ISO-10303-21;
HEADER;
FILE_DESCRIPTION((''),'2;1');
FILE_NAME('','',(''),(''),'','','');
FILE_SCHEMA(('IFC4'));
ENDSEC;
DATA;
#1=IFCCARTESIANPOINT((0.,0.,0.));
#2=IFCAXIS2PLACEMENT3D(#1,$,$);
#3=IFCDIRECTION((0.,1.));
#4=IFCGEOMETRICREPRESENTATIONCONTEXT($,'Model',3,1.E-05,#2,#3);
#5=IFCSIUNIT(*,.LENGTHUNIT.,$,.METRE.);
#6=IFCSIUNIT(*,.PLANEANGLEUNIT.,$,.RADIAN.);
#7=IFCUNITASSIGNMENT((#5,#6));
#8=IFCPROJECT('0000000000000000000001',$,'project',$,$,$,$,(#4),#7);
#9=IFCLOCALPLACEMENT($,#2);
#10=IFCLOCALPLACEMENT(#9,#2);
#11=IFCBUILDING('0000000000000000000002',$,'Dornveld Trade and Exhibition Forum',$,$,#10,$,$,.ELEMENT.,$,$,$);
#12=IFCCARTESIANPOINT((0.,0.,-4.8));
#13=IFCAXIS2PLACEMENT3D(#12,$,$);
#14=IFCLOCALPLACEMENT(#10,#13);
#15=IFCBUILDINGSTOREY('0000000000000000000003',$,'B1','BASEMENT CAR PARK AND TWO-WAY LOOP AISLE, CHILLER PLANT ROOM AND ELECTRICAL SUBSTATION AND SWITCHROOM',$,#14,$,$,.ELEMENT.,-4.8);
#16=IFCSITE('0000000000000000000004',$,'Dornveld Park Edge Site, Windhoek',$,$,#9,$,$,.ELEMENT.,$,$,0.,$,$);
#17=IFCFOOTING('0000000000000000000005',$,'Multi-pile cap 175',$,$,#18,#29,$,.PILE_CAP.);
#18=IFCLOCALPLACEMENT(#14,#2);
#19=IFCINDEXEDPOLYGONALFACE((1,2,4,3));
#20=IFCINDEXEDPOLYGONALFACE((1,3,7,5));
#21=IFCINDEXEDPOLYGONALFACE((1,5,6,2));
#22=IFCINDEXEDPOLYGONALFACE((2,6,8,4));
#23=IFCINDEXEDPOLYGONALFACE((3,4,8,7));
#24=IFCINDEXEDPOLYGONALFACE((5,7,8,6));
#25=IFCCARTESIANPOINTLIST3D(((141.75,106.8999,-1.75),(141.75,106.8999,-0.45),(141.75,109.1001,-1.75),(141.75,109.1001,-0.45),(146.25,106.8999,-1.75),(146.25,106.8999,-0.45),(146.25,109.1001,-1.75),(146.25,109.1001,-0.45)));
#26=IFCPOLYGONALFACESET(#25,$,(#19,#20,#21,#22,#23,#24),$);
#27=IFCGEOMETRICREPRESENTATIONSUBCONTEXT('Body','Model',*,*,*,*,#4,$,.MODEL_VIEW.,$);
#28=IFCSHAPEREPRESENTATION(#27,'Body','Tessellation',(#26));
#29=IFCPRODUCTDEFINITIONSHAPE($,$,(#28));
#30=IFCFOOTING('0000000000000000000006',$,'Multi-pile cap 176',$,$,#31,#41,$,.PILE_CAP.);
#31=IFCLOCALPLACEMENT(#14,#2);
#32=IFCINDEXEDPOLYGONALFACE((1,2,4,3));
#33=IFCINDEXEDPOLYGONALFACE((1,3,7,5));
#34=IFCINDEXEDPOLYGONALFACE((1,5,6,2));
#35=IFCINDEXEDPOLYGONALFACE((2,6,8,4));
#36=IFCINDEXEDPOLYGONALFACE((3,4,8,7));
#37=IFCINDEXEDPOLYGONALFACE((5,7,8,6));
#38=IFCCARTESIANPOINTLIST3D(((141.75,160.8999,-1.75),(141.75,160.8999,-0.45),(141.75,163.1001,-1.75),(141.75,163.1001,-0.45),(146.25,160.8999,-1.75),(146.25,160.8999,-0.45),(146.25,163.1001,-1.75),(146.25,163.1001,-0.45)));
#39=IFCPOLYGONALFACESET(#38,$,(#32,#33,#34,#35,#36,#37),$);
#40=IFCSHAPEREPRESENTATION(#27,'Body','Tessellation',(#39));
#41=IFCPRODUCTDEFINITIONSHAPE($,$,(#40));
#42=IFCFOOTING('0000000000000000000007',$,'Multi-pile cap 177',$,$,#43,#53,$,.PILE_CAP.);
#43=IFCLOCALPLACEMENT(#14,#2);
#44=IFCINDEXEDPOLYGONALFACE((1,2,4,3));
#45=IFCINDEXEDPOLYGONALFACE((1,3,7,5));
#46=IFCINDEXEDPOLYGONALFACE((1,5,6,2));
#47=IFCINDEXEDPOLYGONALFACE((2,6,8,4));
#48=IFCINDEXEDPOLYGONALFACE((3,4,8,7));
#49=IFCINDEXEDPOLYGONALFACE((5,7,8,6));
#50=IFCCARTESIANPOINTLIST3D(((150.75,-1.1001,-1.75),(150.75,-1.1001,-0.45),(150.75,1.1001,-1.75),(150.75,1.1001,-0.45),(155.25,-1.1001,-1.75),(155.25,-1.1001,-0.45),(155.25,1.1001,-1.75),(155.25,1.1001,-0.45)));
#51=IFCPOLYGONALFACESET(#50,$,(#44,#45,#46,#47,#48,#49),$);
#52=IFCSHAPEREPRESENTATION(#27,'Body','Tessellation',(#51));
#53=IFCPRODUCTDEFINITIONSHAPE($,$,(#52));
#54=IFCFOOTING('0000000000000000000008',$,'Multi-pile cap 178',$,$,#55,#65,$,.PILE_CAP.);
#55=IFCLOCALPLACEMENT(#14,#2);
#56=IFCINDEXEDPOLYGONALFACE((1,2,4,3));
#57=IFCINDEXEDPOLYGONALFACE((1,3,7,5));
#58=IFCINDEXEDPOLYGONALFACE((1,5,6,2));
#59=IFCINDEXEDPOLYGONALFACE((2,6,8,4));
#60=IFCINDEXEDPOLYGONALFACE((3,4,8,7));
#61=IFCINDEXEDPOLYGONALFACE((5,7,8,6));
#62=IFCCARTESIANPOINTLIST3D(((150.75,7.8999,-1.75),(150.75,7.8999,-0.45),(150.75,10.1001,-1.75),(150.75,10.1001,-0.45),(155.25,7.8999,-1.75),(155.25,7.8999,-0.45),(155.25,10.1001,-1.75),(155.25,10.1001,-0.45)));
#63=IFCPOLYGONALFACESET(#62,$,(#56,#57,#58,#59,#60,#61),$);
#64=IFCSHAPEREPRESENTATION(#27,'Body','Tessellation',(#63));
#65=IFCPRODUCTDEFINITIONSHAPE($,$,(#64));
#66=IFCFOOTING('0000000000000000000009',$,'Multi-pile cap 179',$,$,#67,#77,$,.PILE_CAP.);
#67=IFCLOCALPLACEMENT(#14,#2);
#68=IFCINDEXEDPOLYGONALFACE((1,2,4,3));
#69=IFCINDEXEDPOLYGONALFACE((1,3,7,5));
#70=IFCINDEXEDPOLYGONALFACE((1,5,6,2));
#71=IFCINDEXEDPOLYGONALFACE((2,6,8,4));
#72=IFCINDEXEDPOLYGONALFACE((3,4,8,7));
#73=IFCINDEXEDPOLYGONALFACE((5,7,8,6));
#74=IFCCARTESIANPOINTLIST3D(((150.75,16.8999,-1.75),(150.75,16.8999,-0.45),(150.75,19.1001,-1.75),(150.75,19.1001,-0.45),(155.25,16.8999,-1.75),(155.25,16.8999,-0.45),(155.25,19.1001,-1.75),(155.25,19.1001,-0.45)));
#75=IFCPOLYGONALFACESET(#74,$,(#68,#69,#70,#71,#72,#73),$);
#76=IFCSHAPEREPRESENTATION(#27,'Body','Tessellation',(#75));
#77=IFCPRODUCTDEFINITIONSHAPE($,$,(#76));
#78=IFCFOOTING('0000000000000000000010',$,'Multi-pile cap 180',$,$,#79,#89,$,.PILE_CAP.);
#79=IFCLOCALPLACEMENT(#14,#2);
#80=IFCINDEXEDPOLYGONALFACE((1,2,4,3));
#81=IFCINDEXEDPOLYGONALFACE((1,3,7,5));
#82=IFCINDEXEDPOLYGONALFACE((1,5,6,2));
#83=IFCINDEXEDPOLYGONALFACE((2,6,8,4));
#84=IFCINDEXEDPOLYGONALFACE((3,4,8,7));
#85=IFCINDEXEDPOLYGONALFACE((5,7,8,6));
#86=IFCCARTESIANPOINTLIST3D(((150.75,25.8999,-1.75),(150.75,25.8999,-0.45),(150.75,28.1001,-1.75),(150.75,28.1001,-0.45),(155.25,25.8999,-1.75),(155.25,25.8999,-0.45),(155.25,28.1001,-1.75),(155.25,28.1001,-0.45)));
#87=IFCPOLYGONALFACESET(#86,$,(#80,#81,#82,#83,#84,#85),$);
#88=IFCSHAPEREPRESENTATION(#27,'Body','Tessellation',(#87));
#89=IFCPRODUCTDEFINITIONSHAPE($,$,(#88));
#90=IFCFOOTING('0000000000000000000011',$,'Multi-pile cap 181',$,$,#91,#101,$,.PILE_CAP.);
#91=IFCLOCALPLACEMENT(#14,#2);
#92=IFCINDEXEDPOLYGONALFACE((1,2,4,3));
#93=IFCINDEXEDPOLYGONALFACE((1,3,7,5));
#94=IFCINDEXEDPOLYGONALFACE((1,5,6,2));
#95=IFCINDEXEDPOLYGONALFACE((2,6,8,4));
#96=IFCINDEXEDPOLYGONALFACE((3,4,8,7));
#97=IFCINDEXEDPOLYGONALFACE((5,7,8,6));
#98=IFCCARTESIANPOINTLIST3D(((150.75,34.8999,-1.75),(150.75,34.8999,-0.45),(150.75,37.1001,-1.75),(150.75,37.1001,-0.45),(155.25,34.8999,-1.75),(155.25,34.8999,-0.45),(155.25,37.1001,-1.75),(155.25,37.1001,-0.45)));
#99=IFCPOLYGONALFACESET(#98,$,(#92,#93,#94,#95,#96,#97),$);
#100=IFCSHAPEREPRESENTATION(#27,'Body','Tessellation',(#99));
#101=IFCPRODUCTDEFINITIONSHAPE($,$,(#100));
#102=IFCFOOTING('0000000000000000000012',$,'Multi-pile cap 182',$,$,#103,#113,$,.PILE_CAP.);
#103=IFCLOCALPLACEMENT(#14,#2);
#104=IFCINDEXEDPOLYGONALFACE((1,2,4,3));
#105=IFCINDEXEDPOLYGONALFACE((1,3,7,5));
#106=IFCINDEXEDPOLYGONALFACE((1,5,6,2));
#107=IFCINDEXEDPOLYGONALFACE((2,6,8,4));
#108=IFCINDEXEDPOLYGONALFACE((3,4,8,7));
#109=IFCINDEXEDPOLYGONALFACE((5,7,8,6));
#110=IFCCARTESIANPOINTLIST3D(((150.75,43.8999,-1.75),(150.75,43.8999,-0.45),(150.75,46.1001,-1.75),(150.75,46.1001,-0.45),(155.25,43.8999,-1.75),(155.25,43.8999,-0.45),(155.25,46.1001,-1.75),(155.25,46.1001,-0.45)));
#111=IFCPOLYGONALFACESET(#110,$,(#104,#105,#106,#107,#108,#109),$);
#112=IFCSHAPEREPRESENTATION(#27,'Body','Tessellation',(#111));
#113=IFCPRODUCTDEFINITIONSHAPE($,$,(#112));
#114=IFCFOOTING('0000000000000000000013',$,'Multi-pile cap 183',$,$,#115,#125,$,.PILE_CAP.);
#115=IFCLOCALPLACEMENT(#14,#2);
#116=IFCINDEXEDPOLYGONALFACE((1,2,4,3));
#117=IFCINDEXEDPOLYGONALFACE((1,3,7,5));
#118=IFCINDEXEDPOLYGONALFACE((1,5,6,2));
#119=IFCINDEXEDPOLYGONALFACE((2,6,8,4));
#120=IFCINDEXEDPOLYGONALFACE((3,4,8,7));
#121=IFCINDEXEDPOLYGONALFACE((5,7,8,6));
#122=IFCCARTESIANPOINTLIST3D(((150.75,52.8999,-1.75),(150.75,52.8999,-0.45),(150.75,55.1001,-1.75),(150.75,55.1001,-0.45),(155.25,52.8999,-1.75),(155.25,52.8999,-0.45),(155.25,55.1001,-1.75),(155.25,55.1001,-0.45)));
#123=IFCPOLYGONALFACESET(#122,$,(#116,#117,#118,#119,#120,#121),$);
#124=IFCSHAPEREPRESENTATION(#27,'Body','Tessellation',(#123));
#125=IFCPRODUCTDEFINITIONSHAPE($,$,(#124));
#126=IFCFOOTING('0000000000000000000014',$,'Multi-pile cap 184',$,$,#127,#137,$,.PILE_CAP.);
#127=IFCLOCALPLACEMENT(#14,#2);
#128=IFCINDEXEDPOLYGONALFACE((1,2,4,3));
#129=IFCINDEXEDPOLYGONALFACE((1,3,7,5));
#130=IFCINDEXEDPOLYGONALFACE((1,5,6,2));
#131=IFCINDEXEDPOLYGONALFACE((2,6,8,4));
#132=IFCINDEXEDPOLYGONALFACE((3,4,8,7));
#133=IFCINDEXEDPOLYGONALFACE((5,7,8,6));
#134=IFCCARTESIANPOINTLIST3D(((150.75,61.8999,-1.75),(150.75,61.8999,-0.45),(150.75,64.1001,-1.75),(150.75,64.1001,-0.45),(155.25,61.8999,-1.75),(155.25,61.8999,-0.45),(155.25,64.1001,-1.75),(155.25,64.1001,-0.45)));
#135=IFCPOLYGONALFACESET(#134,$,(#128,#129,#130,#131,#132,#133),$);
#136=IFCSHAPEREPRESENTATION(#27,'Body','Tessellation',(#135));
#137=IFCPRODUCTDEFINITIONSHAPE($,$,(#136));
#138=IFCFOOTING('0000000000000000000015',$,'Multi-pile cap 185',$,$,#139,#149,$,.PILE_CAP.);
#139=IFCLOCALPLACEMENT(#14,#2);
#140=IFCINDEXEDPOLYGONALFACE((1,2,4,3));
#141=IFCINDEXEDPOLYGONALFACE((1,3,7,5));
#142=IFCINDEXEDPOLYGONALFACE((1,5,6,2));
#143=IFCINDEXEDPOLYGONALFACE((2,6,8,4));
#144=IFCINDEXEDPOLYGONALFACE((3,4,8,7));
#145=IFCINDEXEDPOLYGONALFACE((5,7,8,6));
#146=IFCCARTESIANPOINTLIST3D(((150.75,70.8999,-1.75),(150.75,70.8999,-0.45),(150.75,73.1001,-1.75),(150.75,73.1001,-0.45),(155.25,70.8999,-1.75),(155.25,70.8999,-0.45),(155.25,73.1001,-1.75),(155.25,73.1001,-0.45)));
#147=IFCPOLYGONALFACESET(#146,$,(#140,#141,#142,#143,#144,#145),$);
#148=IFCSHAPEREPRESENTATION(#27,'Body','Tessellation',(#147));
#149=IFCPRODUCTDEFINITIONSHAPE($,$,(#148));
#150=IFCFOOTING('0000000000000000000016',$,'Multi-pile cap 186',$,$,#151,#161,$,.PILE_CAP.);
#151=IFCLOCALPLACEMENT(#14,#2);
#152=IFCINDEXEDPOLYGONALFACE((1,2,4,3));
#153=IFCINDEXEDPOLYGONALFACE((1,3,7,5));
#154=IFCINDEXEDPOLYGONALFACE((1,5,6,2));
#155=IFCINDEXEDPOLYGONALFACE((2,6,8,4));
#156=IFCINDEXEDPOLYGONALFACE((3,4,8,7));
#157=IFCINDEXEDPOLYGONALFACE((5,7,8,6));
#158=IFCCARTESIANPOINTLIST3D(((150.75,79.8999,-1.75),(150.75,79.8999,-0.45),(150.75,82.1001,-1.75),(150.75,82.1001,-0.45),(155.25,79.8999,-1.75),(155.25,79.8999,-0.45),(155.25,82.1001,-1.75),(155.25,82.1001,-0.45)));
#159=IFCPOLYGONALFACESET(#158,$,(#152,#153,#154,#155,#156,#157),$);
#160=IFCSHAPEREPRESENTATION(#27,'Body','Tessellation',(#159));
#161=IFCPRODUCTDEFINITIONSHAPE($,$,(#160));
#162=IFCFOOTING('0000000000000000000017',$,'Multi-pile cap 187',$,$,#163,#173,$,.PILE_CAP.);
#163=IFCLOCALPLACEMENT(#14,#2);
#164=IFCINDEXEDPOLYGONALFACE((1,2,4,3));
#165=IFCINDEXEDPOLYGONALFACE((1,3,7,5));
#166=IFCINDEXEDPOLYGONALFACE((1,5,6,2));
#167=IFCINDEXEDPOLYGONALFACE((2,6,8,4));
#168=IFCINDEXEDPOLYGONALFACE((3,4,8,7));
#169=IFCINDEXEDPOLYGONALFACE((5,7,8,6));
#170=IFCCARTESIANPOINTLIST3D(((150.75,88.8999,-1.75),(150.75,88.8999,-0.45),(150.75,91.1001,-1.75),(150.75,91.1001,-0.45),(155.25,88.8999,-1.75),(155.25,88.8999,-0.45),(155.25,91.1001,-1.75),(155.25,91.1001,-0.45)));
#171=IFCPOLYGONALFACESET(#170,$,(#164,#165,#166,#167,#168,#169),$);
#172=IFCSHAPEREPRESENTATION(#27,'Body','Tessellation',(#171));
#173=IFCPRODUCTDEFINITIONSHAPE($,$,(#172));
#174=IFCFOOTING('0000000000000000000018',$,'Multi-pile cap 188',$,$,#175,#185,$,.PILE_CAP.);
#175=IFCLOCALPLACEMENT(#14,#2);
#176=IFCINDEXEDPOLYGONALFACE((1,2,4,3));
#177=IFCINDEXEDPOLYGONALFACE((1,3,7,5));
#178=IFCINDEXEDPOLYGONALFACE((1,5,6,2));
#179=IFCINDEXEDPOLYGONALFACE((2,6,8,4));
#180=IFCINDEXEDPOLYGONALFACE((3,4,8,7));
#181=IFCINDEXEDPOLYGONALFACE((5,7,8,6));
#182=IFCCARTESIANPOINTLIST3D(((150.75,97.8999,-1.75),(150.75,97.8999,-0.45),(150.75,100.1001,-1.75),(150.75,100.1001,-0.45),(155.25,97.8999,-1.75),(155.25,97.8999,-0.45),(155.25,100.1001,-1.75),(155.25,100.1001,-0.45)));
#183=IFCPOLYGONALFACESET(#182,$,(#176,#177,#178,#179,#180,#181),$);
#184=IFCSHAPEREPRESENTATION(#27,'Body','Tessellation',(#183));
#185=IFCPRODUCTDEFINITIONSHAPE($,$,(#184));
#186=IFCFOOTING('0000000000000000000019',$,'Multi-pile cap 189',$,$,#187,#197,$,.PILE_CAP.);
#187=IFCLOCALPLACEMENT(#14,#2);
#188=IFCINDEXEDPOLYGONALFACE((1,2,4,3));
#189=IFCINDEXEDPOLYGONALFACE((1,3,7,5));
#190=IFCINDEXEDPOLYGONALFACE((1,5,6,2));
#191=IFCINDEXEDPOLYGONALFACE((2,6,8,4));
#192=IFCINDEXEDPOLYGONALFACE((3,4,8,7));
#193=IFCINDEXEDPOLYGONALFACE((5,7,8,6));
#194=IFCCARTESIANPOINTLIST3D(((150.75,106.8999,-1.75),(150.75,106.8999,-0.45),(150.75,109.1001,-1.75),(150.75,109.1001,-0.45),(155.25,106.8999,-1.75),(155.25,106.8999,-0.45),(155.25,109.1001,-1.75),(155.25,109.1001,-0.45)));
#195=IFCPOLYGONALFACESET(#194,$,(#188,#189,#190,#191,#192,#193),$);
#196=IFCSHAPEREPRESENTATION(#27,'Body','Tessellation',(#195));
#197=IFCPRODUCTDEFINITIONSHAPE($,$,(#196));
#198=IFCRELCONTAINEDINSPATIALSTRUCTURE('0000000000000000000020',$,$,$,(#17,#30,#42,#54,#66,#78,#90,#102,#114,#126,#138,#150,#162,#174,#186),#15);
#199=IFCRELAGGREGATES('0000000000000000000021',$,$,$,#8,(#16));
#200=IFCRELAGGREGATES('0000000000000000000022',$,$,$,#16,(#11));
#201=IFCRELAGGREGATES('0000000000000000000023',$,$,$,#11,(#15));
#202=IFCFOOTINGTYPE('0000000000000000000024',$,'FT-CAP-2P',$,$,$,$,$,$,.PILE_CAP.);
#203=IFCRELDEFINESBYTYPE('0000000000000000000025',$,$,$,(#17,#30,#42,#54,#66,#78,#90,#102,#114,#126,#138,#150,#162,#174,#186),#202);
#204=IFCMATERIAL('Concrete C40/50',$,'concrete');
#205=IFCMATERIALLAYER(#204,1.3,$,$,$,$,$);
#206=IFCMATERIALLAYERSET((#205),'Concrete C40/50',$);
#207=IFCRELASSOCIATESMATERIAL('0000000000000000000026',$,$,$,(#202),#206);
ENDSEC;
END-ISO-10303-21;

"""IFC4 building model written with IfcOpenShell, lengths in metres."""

from ifc_helpers import new_model, si_unit, direction, frame, origin, place, context, subcontext, project, spatial, polyline, outline, extrude, material, layer, layer_set, type_object, element, save


model = new_model("IFC4")

# Units and contexts
model_context = context("Model", 3, precision=1e-05, world=origin(), true_north=direction((0.0, 1.0)))
body_context = subcontext(model_context, "Body", "Model", "MODEL_VIEW")
ifc_project = project(units=[si_unit("LENGTHUNIT", "METRE"), si_unit("PLANEANGLEUNIT", "RADIAN")], contexts=[model_context])

# Site, building, storey
site_placement = place(None, origin())
site = spatial("IfcSite", under=ifc_project, at=site_placement, Name="Dornveld Park Edge Site, Windhoek", CompositionType="ELEMENT", RefElevation=0.0)
building_placement = place(site_placement, origin())
building = spatial("IfcBuilding", under=site, at=building_placement, Name="Dornveld Trade and Exhibition Forum", CompositionType="ELEMENT")
storey_placement = place(building_placement, frame((0.0, 0.0, -4.8)))
storey = spatial("IfcBuildingStorey", under=building, at=storey_placement, Name="B1", Description="BASEMENT CAR PARK AND TWO-WAY LOOP AISLE, CHILLER PLANT ROOM AND ELECTRICAL SUBSTATION AND SWITCHROOM", CompositionType="ELEMENT", Elevation=-4.8)

# Footings
ifc_material = material(Name="Concrete C40/50", Category="concrete")
ifc_layer = layer(ifc_material, 1.3)
ifc_layer_set = layer_set([ifc_layer], Name="Concrete C40/50")
footing_type = type_object("IfcFootingType", Name="FT-CAP-2P", PredefinedType="PILE_CAP", material=ifc_layer_set)
footing_1_placement = place(storey_placement, frame((0.0, 0.0, -1.75)))
element("IfcFooting", 1, at=footing_1_placement, inside=storey, type_object=footing_type, Name="Multi-pile cap 175", PredefinedType="PILE_CAP", context=body_context, shape_type="SweptSolid", body=[
    extrude(outline(polyline([(141.75, 106.8999), (146.25, 106.8999), (146.25, 109.1001), (141.75, 109.1001), (141.75, 106.8999)])), origin(), (0.0, 0.0, 1.0), 1.3),
])
footing_2_placement = place(storey_placement, frame((0.0, 0.0, -1.75)))
element("IfcFooting", 2, at=footing_2_placement, inside=storey, type_object=footing_type, Name="Multi-pile cap 176", PredefinedType="PILE_CAP", context=body_context, shape_type="SweptSolid", body=[
    extrude(outline(polyline([(141.75, 160.8999), (146.25, 160.8999), (146.25, 163.1001), (141.75, 163.1001), (141.75, 160.8999)])), origin(), (0.0, 0.0, 1.0), 1.3),
])
footing_3_placement = place(storey_placement, frame((0.0, 0.0, -1.75)))
element("IfcFooting", 3, at=footing_3_placement, inside=storey, type_object=footing_type, Name="Multi-pile cap 177", PredefinedType="PILE_CAP", context=body_context, shape_type="SweptSolid", body=[
    extrude(outline(polyline([(150.75, -1.1001), (155.25, -1.1001), (155.25, 1.1001), (150.75, 1.1001), (150.75, -1.1001)])), origin(), (0.0, 0.0, 1.0), 1.3),
])
footing_4_placement = place(storey_placement, frame((0.0, 0.0, -1.75)))
element("IfcFooting", 4, at=footing_4_placement, inside=storey, type_object=footing_type, Name="Multi-pile cap 178", PredefinedType="PILE_CAP", context=body_context, shape_type="SweptSolid", body=[
    extrude(outline(polyline([(150.75, 7.8999), (155.25, 7.8999), (155.25, 10.1001), (150.75, 10.1001), (150.75, 7.8999)])), origin(), (0.0, 0.0, 1.0), 1.3),
])
footing_5_placement = place(storey_placement, frame((0.0, 0.0, -1.75)))
element("IfcFooting", 5, at=footing_5_placement, inside=storey, type_object=footing_type, Name="Multi-pile cap 179", PredefinedType="PILE_CAP", context=body_context, shape_type="SweptSolid", body=[
    extrude(outline(polyline([(150.75, 16.8999), (155.25, 16.8999), (155.25, 19.1001), (150.75, 19.1001), (150.75, 16.8999)])), origin(), (0.0, 0.0, 1.0), 1.3),
])
footing_6_placement = place(storey_placement, frame((0.0, 0.0, -1.75)))
element("IfcFooting", 6, at=footing_6_placement, inside=storey, type_object=footing_type, Name="Multi-pile cap 180", PredefinedType="PILE_CAP", context=body_context, shape_type="SweptSolid", body=[
    extrude(outline(polyline([(150.75, 25.8999), (155.25, 25.8999), (155.25, 28.1001), (150.75, 28.1001), (150.75, 25.8999)])), origin(), (0.0, 0.0, 1.0), 1.3),
])
footing_7_placement = place(storey_placement, frame((0.0, 0.0, -1.75)))
element("IfcFooting", 7, at=footing_7_placement, inside=storey, type_object=footing_type, Name="Multi-pile cap 181", PredefinedType="PILE_CAP", context=body_context, shape_type="SweptSolid", body=[
    extrude(outline(polyline([(150.75, 34.8999), (155.25, 34.8999), (155.25, 37.1001), (150.75, 37.1001), (150.75, 34.8999)])), origin(), (0.0, 0.0, 1.0), 1.3),
])
footing_8_placement = place(storey_placement, frame((0.0, 0.0, -1.75)))
element("IfcFooting", 8, at=footing_8_placement, inside=storey, type_object=footing_type, Name="Multi-pile cap 182", PredefinedType="PILE_CAP", context=body_context, shape_type="SweptSolid", body=[
    extrude(outline(polyline([(150.75, 43.8999), (155.25, 43.8999), (155.25, 46.1001), (150.75, 46.1001), (150.75, 43.8999)])), origin(), (0.0, 0.0, 1.0), 1.3),
])
footing_9_placement = place(storey_placement, frame((0.0, 0.0, -1.75)))
element("IfcFooting", 9, at=footing_9_placement, inside=storey, type_object=footing_type, Name="Multi-pile cap 183", PredefinedType="PILE_CAP", context=body_context, shape_type="SweptSolid", body=[
    extrude(outline(polyline([(150.75, 52.8999), (155.25, 52.8999), (155.25, 55.1001), (150.75, 55.1001), (150.75, 52.8999)])), origin(), (0.0, 0.0, 1.0), 1.3),
])
footing_10_placement = place(storey_placement, frame((0.0, 0.0, -1.75)))
element("IfcFooting", 10, at=footing_10_placement, inside=storey, type_object=footing_type, Name="Multi-pile cap 184", PredefinedType="PILE_CAP", context=body_context, shape_type="SweptSolid", body=[
    extrude(outline(polyline([(150.75, 61.8999), (155.25, 61.8999), (155.25, 64.1001), (150.75, 64.1001), (150.75, 61.8999)])), origin(), (0.0, 0.0, 1.0), 1.3),
])
footing_11_placement = place(storey_placement, frame((0.0, 0.0, -1.75)))
element("IfcFooting", 11, at=footing_11_placement, inside=storey, type_object=footing_type, Name="Multi-pile cap 185", PredefinedType="PILE_CAP", context=body_context, shape_type="SweptSolid", body=[
    extrude(outline(polyline([(150.75, 70.8999), (155.25, 70.8999), (155.25, 73.1001), (150.75, 73.1001), (150.75, 70.8999)])), origin(), (0.0, 0.0, 1.0), 1.3),
])
footing_12_placement = place(storey_placement, frame((0.0, 0.0, -1.75)))
element("IfcFooting", 12, at=footing_12_placement, inside=storey, type_object=footing_type, Name="Multi-pile cap 186", PredefinedType="PILE_CAP", context=body_context, shape_type="SweptSolid", body=[
    extrude(outline(polyline([(150.75, 79.8999), (155.25, 79.8999), (155.25, 82.1001), (150.75, 82.1001), (150.75, 79.8999)])), origin(), (0.0, 0.0, 1.0), 1.3),
])
footing_13_placement = place(storey_placement, frame((0.0, 0.0, -1.75)))
element("IfcFooting", 13, at=footing_13_placement, inside=storey, type_object=footing_type, Name="Multi-pile cap 187", PredefinedType="PILE_CAP", context=body_context, shape_type="SweptSolid", body=[
    extrude(outline(polyline([(150.75, 88.8999), (155.25, 88.8999), (155.25, 91.1001), (150.75, 91.1001), (150.75, 88.8999)])), origin(), (0.0, 0.0, 1.0), 1.3),
])
footing_14_placement = place(storey_placement, frame((0.0, 0.0, -1.75)))
element("IfcFooting", 14, at=footing_14_placement, inside=storey, type_object=footing_type, Name="Multi-pile cap 188", PredefinedType="PILE_CAP", context=body_context, shape_type="SweptSolid", body=[
    extrude(outline(polyline([(150.75, 97.8999), (155.25, 97.8999), (155.25, 100.1001), (150.75, 100.1001), (150.75, 97.8999)])), origin(), (0.0, 0.0, 1.0), 1.3),
])
footing_15_placement = place(storey_placement, frame((0.0, 0.0, -1.75)))
element("IfcFooting", 15, at=footing_15_placement, inside=storey, type_object=footing_type, Name="Multi-pile cap 189", PredefinedType="PILE_CAP", context=body_context, shape_type="SweptSolid", body=[
    extrude(outline(polyline([(150.75, 106.8999), (155.25, 106.8999), (155.25, 109.1001), (150.75, 109.1001), (150.75, 106.8999)])), origin(), (0.0, 0.0, 1.0), 1.3),
])

save(model, "model.ifc")
